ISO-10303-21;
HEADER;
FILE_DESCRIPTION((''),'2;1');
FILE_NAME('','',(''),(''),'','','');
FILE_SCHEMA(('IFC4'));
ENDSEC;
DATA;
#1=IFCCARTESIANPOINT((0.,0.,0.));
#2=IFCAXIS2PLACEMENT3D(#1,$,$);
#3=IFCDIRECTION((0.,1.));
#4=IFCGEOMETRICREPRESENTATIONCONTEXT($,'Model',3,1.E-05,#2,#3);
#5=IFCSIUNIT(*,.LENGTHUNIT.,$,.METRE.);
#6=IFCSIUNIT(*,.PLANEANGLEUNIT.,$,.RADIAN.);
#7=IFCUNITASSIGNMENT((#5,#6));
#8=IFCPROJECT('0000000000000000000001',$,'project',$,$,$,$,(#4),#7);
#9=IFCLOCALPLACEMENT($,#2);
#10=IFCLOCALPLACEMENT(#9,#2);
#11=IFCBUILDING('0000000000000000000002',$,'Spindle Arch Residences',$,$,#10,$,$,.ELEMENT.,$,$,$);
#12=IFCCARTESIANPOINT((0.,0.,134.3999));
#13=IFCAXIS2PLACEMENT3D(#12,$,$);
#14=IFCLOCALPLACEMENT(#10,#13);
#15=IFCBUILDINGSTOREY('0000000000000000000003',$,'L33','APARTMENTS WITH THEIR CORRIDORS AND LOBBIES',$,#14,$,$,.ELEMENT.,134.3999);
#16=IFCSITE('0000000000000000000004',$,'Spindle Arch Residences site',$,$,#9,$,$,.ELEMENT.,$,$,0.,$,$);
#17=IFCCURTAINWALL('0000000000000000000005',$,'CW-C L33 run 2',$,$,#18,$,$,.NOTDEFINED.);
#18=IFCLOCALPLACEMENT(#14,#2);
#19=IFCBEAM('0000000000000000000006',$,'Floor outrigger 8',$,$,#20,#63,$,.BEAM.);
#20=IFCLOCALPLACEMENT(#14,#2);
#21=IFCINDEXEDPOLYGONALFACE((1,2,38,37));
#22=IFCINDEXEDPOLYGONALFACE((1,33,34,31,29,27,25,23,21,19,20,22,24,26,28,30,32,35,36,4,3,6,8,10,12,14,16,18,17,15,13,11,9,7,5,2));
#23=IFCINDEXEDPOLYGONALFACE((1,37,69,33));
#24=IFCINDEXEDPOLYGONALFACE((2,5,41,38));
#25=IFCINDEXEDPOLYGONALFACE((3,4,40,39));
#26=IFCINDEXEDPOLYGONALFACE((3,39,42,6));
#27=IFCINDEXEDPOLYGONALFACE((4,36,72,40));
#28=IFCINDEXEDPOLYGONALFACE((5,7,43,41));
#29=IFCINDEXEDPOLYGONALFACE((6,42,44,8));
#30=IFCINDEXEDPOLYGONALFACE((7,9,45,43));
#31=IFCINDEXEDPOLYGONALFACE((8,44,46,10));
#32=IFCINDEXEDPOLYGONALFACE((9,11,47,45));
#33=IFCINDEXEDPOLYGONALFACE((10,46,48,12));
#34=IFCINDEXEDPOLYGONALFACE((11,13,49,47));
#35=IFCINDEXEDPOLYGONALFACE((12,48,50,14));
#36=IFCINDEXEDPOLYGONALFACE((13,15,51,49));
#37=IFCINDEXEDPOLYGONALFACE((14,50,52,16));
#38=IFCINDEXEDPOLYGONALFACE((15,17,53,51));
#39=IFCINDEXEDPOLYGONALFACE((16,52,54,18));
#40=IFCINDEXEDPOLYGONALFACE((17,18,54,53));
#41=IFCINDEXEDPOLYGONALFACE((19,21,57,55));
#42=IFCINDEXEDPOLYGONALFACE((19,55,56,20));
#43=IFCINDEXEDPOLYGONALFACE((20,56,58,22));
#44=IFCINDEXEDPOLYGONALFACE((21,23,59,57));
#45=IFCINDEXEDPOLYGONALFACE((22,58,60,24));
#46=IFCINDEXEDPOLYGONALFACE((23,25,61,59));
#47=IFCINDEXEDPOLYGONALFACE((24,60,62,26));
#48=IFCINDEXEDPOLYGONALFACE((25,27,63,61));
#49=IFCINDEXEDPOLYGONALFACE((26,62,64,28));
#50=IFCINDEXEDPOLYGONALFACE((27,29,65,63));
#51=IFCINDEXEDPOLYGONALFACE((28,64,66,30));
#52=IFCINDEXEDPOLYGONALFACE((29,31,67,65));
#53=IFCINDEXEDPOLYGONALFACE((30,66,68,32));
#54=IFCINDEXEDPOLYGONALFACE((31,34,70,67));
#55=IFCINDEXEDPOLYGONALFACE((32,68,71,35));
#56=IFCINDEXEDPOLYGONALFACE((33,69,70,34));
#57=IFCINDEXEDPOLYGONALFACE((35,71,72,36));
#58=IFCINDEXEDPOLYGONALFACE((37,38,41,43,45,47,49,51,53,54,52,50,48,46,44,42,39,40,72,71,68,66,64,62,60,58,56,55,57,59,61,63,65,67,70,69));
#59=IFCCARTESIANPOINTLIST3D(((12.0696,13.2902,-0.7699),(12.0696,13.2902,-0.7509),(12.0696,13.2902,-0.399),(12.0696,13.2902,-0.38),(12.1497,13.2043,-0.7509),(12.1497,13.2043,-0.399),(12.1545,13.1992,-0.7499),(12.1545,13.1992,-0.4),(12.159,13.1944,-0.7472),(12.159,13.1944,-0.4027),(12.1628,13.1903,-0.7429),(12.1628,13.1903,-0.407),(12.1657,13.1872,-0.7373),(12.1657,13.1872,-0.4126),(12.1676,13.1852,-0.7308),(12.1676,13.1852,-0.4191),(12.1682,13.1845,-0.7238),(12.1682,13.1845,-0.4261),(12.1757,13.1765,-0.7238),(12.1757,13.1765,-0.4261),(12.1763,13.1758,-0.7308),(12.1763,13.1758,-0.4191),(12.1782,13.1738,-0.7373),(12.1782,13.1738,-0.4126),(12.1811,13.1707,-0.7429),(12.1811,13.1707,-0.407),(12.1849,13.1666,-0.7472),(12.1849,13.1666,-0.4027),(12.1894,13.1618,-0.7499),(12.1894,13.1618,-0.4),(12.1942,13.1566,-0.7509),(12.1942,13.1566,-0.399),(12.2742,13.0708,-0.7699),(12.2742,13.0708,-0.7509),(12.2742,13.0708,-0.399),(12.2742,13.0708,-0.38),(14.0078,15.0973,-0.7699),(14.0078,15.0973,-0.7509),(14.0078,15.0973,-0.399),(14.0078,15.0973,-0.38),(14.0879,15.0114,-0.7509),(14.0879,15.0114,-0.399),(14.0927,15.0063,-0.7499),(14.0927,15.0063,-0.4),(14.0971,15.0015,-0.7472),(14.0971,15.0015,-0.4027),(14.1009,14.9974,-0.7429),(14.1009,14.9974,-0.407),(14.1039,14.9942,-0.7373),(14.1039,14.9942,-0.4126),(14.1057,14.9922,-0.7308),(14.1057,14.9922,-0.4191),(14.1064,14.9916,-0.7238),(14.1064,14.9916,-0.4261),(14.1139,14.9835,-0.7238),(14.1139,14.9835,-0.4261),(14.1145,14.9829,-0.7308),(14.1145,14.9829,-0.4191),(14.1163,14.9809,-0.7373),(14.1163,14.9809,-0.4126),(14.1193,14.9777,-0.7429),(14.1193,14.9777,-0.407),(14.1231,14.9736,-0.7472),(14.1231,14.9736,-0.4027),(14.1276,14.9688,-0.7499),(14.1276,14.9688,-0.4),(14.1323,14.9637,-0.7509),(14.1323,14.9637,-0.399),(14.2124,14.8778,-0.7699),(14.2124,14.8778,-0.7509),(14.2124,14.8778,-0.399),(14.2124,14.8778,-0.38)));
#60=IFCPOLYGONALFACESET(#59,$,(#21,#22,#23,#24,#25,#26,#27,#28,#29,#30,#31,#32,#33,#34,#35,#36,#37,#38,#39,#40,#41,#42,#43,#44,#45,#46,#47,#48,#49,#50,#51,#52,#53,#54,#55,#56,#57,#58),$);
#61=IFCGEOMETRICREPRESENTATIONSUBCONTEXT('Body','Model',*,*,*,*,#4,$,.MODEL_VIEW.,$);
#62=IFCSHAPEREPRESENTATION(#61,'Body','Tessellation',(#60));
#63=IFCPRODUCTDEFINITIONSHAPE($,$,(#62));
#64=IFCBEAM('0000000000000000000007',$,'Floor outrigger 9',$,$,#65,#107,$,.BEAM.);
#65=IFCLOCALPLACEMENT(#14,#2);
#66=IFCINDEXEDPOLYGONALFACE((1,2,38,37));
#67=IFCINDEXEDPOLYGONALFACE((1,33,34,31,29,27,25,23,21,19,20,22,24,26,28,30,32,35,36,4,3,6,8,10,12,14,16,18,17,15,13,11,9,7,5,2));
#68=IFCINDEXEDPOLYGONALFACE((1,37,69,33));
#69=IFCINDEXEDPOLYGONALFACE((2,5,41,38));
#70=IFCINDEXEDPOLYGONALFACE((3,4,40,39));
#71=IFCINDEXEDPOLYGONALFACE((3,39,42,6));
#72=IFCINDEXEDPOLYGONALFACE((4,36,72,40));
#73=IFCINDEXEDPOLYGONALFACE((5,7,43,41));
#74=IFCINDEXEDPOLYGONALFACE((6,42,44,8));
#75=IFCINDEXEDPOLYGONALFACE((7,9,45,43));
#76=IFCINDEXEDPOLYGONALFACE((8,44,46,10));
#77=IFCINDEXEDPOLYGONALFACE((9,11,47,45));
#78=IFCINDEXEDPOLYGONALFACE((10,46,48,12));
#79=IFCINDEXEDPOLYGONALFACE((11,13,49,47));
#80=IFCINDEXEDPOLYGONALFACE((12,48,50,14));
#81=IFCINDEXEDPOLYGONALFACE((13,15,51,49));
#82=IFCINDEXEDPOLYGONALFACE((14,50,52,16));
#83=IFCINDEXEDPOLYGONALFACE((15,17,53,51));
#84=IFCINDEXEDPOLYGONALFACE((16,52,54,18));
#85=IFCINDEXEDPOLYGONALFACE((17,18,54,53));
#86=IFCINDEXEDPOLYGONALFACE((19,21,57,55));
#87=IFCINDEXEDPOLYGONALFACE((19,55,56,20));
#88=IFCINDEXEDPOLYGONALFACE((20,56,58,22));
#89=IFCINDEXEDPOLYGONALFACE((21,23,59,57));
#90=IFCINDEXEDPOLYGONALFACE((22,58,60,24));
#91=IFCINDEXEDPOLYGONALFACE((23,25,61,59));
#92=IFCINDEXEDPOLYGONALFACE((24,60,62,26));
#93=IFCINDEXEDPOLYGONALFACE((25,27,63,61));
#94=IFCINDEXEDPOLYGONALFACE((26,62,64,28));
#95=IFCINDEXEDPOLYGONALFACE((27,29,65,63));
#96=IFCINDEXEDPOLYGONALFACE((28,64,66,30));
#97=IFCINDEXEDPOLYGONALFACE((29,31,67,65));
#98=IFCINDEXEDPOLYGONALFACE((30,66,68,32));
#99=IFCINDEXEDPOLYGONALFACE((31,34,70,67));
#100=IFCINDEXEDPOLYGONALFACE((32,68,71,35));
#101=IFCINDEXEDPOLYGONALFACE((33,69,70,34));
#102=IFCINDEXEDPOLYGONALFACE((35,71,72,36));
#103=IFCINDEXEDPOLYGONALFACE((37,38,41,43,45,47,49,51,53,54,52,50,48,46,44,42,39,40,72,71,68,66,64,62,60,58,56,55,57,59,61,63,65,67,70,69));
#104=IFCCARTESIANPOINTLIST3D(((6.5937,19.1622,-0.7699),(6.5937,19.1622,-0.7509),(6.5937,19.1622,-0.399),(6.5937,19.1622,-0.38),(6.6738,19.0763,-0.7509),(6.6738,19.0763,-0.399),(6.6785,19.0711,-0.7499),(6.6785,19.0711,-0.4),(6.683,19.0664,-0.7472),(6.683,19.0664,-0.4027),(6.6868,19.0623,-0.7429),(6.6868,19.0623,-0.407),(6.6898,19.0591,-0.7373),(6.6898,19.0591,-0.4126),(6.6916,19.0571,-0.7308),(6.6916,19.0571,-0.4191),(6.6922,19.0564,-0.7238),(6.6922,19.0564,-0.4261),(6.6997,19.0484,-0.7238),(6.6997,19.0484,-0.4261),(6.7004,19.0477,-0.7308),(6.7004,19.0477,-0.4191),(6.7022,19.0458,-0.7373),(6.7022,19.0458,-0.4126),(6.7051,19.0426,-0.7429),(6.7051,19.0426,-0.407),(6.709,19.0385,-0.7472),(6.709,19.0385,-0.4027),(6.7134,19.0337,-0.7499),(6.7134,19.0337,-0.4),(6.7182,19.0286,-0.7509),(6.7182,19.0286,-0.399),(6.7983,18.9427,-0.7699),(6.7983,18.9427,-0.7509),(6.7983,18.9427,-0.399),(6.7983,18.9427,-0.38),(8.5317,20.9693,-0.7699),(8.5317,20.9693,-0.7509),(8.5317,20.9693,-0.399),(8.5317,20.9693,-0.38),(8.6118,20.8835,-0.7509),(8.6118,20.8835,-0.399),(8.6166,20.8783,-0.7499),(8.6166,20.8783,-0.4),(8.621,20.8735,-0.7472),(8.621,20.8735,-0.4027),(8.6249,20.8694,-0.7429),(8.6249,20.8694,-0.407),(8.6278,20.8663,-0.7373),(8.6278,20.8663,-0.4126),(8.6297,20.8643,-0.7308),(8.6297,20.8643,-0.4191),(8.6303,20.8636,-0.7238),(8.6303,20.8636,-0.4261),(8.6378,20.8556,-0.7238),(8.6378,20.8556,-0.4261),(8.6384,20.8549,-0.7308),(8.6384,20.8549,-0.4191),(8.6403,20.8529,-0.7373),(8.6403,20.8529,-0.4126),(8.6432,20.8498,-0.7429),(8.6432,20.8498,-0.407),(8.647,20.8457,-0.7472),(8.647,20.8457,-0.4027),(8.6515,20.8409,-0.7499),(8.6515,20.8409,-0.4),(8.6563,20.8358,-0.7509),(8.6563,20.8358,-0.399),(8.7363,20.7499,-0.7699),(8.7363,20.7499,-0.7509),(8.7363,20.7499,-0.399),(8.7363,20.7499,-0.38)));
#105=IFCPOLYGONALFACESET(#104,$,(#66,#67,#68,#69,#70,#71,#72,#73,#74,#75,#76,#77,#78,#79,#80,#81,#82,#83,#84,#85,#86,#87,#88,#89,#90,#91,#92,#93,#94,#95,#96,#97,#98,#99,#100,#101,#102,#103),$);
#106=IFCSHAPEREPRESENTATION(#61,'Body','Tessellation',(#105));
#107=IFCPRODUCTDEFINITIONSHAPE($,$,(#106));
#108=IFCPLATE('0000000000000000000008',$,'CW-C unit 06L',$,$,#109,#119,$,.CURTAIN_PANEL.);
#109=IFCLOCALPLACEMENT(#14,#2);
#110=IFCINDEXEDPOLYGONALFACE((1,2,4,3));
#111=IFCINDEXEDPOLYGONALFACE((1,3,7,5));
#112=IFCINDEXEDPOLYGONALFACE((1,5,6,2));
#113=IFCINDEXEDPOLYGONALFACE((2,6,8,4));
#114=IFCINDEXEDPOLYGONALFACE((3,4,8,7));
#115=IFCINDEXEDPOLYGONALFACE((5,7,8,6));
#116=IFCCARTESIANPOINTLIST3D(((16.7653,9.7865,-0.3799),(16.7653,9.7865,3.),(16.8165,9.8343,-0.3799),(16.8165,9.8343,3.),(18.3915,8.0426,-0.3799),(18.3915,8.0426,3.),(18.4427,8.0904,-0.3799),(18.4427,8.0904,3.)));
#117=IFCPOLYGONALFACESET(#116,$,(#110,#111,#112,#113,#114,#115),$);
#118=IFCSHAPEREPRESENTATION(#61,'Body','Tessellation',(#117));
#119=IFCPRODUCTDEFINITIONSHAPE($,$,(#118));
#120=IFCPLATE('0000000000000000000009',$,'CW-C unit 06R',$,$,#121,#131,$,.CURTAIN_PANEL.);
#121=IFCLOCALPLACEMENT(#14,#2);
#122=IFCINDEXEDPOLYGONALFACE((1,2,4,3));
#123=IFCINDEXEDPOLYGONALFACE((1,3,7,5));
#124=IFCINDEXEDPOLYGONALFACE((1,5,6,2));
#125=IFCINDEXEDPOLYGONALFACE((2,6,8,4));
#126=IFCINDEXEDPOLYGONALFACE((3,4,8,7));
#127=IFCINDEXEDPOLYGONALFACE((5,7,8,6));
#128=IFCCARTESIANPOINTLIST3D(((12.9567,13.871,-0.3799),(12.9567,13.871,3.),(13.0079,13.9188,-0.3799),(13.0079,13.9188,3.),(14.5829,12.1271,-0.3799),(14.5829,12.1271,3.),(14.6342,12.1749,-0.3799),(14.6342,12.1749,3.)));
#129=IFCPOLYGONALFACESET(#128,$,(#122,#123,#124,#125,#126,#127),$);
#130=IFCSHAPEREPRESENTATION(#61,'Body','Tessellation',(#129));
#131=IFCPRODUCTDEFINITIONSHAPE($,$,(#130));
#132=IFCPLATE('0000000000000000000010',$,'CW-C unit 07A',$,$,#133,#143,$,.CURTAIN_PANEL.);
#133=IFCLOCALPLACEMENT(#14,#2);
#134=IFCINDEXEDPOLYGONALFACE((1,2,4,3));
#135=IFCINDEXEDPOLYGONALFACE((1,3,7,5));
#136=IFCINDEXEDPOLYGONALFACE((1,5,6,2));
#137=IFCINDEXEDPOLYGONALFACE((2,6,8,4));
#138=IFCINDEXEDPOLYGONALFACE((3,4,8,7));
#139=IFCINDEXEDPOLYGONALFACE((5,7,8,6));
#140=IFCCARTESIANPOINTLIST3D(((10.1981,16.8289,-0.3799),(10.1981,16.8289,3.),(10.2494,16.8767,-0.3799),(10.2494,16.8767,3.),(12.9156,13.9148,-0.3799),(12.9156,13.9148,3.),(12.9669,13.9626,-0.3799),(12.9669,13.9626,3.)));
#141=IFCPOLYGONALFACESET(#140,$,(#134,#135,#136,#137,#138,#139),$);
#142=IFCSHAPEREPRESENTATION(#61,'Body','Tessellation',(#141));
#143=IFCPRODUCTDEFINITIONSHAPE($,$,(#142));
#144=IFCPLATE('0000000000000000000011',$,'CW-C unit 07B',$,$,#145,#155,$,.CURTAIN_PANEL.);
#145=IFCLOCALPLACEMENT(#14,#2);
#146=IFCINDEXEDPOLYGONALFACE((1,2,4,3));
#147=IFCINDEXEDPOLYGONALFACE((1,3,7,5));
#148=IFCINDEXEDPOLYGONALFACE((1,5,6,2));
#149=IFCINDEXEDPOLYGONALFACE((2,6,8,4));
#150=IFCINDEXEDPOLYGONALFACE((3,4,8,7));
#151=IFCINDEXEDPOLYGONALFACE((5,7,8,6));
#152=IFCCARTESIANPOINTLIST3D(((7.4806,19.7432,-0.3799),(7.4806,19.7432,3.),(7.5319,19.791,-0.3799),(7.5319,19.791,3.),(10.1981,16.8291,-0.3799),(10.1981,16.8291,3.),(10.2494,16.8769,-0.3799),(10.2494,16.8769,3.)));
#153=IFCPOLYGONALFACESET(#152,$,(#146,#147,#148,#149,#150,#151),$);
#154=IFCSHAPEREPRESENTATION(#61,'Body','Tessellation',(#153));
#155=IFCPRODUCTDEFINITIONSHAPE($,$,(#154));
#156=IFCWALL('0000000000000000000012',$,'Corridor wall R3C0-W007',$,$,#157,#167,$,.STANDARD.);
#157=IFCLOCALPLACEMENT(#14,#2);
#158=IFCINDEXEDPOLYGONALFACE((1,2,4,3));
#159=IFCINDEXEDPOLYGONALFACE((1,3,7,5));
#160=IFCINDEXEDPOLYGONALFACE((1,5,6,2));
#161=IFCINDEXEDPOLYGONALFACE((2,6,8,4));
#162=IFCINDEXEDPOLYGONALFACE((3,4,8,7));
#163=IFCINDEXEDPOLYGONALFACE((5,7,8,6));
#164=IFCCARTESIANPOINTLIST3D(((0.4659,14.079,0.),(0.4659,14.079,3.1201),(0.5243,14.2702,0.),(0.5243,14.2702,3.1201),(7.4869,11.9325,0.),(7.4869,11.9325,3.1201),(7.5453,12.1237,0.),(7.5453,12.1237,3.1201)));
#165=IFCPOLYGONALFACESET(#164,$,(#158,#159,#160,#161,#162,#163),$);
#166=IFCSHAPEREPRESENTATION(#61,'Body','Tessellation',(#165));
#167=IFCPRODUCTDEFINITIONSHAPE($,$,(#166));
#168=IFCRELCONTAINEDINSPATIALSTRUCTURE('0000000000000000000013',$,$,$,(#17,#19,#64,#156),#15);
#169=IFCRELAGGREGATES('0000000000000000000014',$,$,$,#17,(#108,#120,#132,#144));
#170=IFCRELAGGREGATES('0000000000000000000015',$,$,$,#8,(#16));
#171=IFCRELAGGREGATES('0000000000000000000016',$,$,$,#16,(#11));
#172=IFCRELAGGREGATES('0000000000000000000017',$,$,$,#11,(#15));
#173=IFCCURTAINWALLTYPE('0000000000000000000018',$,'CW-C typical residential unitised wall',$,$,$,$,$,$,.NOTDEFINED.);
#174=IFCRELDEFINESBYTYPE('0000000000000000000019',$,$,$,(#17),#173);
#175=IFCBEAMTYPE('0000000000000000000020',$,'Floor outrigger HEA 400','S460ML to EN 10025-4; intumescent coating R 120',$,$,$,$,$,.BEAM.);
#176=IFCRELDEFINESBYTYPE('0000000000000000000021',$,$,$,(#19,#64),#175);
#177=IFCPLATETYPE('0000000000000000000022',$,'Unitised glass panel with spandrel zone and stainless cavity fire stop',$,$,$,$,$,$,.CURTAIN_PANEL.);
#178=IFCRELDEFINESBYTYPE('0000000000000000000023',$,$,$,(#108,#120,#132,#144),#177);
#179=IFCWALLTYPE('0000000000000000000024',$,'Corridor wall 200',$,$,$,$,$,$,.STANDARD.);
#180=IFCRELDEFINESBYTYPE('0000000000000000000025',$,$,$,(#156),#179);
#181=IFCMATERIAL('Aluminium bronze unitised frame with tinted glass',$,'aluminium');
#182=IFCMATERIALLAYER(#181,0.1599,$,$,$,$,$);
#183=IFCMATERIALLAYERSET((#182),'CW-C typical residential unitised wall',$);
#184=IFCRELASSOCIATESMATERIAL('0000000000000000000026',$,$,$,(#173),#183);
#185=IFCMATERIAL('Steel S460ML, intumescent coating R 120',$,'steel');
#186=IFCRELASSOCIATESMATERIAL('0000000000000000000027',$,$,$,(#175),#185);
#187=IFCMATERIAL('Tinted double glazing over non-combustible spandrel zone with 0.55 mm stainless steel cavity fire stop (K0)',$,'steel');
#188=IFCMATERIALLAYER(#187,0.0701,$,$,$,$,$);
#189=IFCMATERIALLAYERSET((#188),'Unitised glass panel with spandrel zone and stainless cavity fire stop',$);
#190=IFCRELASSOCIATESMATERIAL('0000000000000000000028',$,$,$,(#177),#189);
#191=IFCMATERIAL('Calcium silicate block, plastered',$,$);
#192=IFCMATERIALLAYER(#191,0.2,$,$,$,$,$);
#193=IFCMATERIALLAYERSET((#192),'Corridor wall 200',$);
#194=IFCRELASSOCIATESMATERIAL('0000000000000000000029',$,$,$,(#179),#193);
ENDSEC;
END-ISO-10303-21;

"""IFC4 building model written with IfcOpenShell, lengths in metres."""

from ifc_helpers import new_model, si_unit, direction, frame, frame_2d, origin, origin_2d, place, context, subcontext, project, spatial, rectangle, i_section, extrude, material, layer, layer_set, material_profile, profile_set, type_object, element, aggregate, save


model = new_model("IFC4")

# Units and contexts
model_context = context("Model", 3, precision=1e-05, world=origin(), true_north=direction((0.0, 1.0)))
body_context = subcontext(model_context, "Body", "Model", "MODEL_VIEW")
ifc_project = project(units=[si_unit("LENGTHUNIT", "METRE"), si_unit("PLANEANGLEUNIT", "RADIAN")], contexts=[model_context])

# Site, building, storey
site_placement = place(None, origin())
site = spatial("IfcSite", under=ifc_project, at=site_placement, Name="Spindle Arch Residences site", CompositionType="ELEMENT", RefElevation=0.0)
building_placement = place(site_placement, origin())
building = spatial("IfcBuilding", under=site, at=building_placement, Name="Spindle Arch Residences", CompositionType="ELEMENT")
storey_placement = place(building_placement, frame((0.0, 0.0, 134.3999)))
storey = spatial("IfcBuildingStorey", under=building, at=storey_placement, Name="L33", Description="APARTMENTS WITH THEIR CORRIDORS AND LOBBIES", CompositionType="ELEMENT", Elevation=134.3999)

# Curtain wall
ifc_material_1 = material(Name="Aluminium bronze unitised frame with tinted glass", Category="aluminium")
ifc_layer_1 = layer(ifc_material_1, 0.1599)
ifc_layer_set_1 = layer_set([ifc_layer_1], Name="CW-C typical residential unitised wall")
curtain_wall_type = type_object("IfcCurtainWallType", Name="CW-C typical residential unitised wall", PredefinedType="NOTDEFINED", material=ifc_layer_set_1)
curtain_wall_placement = place(storey_placement, origin())
curtain_wall = element("IfcCurtainWall", 1, at=curtain_wall_placement, inside=storey, type_object=curtain_wall_type, Name="CW-C L33 run 2", PredefinedType="NOTDEFINED")

# Beams
ifc_material_2 = material(Name="Steel S460ML, intumescent coating R 120", Category="steel")
ifc_material_profile_1 = material_profile(ifc_material_2, i_section(OverallWidth=0.3, OverallDepth=0.3899, WebThickness=0.011, FlangeThickness=0.019, FilletRadius=0.0271, at=origin_2d()), Name="HEA 400")
ifc_profile_set_1 = profile_set([ifc_material_profile_1], Name="Steel S460ML, intumescent coating R 120")
beam_type_1 = type_object("IfcBeamType", Name="Floor outrigger HEA 400", Description="S460ML to EN 10025-4; intumescent coating R 120", PredefinedType="BEAM", material=ifc_profile_set_1)
for number, where, z_axis, x_axis, name in (
    (2, (14.1101, 14.9875, -0.575), (-0.731411, -0.681937, 0.0), (0.681937, -0.731411, 0.0), "Floor outrigger 8"),
    (3, (8.634, 20.8596, -0.575), (-0.731368, -0.681983, 0.0), (0.681983, -0.731368, 0.0), "Floor outrigger 9"),
):
    element("IfcBeam", number, at=place(storey_placement, frame(where, z_axis=z_axis, x_axis=x_axis)), inside=storey, type_object=beam_type_1, Name=name, PredefinedType="BEAM", context=body_context, shape_type="SweptSolid", body=[
        extrude(i_section(OverallWidth=0.3, OverallDepth=0.3899, WebThickness=0.011, FlangeThickness=0.019, FilletRadius=0.0271, at=origin_2d()), origin(), (0.0, 0.0, 1.0), 2.6499),
    ])

# Plates
ifc_material_3 = material(Name="Tinted double glazing over non-combustible spandrel zone with 0.55 mm stainless steel cavity fire stop (K0)", Category="steel")
ifc_layer_2 = layer(ifc_material_3, 0.0701)
ifc_layer_set_2 = layer_set([ifc_layer_2], Name="Unitised glass panel with spandrel zone and stainless cavity fire stop")
plate_type = type_object("IfcPlateType", Name="Unitised glass panel with spandrel zone and stainless cavity fire stop", PredefinedType="CURTAIN_PANEL", material=ifc_layer_set_2)
plate_1_placement = place(storey_placement, frame((17.604, 8.9385, -0.3799), z_axis=(0.0, 0.0, 1.0), x_axis=(-0.681998, 0.731354, 0.0)))
plate_1 = element("IfcPlate", 4, at=plate_1_placement, type_object=plate_type, Name="CW-C unit 06L", PredefinedType="CURTAIN_PANEL", context=body_context, shape_type="SweptSolid", body=[
    extrude(rectangle(XDim=2.3845, YDim=0.0701, at=origin_2d()), origin(), (0.0, 0.0, 1.0), 3.3799),
])
plate_2_placement = place(storey_placement, frame((13.7954, 13.0229, -0.3799), z_axis=(0.0, 0.0, 1.0), x_axis=(-0.681998, 0.731354, 0.0)))
plate_2 = element("IfcPlate", 5, at=plate_2_placement, type_object=plate_type, Name="CW-C unit 06R", PredefinedType="CURTAIN_PANEL", context=body_context, shape_type="SweptSolid", body=[
    extrude(rectangle(XDim=2.3845, YDim=0.0701, at=origin_2d()), origin(), (0.0, 0.0, 1.0), 3.3799),
])
plate_3_placement = place(storey_placement, frame((11.5825, 15.3958, -0.3799), z_axis=(0.0, 0.0, 1.0), x_axis=(-0.681998, 0.731354, 0.0)))
plate_3 = element("IfcPlate", 6, at=plate_3_placement, type_object=plate_type, Name="CW-C unit 07A", PredefinedType="CURTAIN_PANEL", context=body_context, shape_type="SweptSolid", body=[
    extrude(rectangle(XDim=3.9846, YDim=0.0701, at=origin_2d()), origin(), (0.0, 0.0, 1.0), 3.3799),
])
plate_4_placement = place(storey_placement, frame((8.865, 18.3101, -0.3799), z_axis=(0.0, 0.0, 1.0), x_axis=(-0.681998, 0.731354, 0.0)))
plate_4 = element("IfcPlate", 7, at=plate_4_placement, type_object=plate_type, Name="CW-C unit 07B", PredefinedType="CURTAIN_PANEL", context=body_context, shape_type="SweptSolid", body=[
    extrude(rectangle(XDim=3.9846, YDim=0.0701, at=origin_2d()), origin(), (0.0, 0.0, 1.0), 3.3799),
])
aggregate(curtain_wall, [plate_1, plate_2, plate_3, plate_4])

# Wall
ifc_material_4 = material(Name="Calcium silicate block, plastered")
ifc_layer_3 = layer(ifc_material_4, 0.2)
ifc_layer_set_3 = layer_set([ifc_layer_3], Name="Corridor wall 200")
wall_type_1 = type_object("IfcWallType", Name="Corridor wall 200", PredefinedType="STANDARD", material=ifc_layer_set_3)
wall_1_placement = place(storey_placement, frame((7.5161, 12.0281, 0.0), z_axis=(0.0, 0.0, 1.0), x_axis=(-0.956307, 0.292366, 0.0)))
element("IfcWall", 8, at=wall_1_placement, inside=storey, type_object=wall_type_1, Name="Corridor wall R3C0-W007", PredefinedType="STANDARD", context=body_context, shape_type="SweptSolid", body=[
    extrude(rectangle(XDim=7.3418, YDim=0.2, at=frame_2d((3.6709, 0.0))), origin(), (0.0, 0.0, 1.0), 3.1201),
])

save(model, "model.ifc")
